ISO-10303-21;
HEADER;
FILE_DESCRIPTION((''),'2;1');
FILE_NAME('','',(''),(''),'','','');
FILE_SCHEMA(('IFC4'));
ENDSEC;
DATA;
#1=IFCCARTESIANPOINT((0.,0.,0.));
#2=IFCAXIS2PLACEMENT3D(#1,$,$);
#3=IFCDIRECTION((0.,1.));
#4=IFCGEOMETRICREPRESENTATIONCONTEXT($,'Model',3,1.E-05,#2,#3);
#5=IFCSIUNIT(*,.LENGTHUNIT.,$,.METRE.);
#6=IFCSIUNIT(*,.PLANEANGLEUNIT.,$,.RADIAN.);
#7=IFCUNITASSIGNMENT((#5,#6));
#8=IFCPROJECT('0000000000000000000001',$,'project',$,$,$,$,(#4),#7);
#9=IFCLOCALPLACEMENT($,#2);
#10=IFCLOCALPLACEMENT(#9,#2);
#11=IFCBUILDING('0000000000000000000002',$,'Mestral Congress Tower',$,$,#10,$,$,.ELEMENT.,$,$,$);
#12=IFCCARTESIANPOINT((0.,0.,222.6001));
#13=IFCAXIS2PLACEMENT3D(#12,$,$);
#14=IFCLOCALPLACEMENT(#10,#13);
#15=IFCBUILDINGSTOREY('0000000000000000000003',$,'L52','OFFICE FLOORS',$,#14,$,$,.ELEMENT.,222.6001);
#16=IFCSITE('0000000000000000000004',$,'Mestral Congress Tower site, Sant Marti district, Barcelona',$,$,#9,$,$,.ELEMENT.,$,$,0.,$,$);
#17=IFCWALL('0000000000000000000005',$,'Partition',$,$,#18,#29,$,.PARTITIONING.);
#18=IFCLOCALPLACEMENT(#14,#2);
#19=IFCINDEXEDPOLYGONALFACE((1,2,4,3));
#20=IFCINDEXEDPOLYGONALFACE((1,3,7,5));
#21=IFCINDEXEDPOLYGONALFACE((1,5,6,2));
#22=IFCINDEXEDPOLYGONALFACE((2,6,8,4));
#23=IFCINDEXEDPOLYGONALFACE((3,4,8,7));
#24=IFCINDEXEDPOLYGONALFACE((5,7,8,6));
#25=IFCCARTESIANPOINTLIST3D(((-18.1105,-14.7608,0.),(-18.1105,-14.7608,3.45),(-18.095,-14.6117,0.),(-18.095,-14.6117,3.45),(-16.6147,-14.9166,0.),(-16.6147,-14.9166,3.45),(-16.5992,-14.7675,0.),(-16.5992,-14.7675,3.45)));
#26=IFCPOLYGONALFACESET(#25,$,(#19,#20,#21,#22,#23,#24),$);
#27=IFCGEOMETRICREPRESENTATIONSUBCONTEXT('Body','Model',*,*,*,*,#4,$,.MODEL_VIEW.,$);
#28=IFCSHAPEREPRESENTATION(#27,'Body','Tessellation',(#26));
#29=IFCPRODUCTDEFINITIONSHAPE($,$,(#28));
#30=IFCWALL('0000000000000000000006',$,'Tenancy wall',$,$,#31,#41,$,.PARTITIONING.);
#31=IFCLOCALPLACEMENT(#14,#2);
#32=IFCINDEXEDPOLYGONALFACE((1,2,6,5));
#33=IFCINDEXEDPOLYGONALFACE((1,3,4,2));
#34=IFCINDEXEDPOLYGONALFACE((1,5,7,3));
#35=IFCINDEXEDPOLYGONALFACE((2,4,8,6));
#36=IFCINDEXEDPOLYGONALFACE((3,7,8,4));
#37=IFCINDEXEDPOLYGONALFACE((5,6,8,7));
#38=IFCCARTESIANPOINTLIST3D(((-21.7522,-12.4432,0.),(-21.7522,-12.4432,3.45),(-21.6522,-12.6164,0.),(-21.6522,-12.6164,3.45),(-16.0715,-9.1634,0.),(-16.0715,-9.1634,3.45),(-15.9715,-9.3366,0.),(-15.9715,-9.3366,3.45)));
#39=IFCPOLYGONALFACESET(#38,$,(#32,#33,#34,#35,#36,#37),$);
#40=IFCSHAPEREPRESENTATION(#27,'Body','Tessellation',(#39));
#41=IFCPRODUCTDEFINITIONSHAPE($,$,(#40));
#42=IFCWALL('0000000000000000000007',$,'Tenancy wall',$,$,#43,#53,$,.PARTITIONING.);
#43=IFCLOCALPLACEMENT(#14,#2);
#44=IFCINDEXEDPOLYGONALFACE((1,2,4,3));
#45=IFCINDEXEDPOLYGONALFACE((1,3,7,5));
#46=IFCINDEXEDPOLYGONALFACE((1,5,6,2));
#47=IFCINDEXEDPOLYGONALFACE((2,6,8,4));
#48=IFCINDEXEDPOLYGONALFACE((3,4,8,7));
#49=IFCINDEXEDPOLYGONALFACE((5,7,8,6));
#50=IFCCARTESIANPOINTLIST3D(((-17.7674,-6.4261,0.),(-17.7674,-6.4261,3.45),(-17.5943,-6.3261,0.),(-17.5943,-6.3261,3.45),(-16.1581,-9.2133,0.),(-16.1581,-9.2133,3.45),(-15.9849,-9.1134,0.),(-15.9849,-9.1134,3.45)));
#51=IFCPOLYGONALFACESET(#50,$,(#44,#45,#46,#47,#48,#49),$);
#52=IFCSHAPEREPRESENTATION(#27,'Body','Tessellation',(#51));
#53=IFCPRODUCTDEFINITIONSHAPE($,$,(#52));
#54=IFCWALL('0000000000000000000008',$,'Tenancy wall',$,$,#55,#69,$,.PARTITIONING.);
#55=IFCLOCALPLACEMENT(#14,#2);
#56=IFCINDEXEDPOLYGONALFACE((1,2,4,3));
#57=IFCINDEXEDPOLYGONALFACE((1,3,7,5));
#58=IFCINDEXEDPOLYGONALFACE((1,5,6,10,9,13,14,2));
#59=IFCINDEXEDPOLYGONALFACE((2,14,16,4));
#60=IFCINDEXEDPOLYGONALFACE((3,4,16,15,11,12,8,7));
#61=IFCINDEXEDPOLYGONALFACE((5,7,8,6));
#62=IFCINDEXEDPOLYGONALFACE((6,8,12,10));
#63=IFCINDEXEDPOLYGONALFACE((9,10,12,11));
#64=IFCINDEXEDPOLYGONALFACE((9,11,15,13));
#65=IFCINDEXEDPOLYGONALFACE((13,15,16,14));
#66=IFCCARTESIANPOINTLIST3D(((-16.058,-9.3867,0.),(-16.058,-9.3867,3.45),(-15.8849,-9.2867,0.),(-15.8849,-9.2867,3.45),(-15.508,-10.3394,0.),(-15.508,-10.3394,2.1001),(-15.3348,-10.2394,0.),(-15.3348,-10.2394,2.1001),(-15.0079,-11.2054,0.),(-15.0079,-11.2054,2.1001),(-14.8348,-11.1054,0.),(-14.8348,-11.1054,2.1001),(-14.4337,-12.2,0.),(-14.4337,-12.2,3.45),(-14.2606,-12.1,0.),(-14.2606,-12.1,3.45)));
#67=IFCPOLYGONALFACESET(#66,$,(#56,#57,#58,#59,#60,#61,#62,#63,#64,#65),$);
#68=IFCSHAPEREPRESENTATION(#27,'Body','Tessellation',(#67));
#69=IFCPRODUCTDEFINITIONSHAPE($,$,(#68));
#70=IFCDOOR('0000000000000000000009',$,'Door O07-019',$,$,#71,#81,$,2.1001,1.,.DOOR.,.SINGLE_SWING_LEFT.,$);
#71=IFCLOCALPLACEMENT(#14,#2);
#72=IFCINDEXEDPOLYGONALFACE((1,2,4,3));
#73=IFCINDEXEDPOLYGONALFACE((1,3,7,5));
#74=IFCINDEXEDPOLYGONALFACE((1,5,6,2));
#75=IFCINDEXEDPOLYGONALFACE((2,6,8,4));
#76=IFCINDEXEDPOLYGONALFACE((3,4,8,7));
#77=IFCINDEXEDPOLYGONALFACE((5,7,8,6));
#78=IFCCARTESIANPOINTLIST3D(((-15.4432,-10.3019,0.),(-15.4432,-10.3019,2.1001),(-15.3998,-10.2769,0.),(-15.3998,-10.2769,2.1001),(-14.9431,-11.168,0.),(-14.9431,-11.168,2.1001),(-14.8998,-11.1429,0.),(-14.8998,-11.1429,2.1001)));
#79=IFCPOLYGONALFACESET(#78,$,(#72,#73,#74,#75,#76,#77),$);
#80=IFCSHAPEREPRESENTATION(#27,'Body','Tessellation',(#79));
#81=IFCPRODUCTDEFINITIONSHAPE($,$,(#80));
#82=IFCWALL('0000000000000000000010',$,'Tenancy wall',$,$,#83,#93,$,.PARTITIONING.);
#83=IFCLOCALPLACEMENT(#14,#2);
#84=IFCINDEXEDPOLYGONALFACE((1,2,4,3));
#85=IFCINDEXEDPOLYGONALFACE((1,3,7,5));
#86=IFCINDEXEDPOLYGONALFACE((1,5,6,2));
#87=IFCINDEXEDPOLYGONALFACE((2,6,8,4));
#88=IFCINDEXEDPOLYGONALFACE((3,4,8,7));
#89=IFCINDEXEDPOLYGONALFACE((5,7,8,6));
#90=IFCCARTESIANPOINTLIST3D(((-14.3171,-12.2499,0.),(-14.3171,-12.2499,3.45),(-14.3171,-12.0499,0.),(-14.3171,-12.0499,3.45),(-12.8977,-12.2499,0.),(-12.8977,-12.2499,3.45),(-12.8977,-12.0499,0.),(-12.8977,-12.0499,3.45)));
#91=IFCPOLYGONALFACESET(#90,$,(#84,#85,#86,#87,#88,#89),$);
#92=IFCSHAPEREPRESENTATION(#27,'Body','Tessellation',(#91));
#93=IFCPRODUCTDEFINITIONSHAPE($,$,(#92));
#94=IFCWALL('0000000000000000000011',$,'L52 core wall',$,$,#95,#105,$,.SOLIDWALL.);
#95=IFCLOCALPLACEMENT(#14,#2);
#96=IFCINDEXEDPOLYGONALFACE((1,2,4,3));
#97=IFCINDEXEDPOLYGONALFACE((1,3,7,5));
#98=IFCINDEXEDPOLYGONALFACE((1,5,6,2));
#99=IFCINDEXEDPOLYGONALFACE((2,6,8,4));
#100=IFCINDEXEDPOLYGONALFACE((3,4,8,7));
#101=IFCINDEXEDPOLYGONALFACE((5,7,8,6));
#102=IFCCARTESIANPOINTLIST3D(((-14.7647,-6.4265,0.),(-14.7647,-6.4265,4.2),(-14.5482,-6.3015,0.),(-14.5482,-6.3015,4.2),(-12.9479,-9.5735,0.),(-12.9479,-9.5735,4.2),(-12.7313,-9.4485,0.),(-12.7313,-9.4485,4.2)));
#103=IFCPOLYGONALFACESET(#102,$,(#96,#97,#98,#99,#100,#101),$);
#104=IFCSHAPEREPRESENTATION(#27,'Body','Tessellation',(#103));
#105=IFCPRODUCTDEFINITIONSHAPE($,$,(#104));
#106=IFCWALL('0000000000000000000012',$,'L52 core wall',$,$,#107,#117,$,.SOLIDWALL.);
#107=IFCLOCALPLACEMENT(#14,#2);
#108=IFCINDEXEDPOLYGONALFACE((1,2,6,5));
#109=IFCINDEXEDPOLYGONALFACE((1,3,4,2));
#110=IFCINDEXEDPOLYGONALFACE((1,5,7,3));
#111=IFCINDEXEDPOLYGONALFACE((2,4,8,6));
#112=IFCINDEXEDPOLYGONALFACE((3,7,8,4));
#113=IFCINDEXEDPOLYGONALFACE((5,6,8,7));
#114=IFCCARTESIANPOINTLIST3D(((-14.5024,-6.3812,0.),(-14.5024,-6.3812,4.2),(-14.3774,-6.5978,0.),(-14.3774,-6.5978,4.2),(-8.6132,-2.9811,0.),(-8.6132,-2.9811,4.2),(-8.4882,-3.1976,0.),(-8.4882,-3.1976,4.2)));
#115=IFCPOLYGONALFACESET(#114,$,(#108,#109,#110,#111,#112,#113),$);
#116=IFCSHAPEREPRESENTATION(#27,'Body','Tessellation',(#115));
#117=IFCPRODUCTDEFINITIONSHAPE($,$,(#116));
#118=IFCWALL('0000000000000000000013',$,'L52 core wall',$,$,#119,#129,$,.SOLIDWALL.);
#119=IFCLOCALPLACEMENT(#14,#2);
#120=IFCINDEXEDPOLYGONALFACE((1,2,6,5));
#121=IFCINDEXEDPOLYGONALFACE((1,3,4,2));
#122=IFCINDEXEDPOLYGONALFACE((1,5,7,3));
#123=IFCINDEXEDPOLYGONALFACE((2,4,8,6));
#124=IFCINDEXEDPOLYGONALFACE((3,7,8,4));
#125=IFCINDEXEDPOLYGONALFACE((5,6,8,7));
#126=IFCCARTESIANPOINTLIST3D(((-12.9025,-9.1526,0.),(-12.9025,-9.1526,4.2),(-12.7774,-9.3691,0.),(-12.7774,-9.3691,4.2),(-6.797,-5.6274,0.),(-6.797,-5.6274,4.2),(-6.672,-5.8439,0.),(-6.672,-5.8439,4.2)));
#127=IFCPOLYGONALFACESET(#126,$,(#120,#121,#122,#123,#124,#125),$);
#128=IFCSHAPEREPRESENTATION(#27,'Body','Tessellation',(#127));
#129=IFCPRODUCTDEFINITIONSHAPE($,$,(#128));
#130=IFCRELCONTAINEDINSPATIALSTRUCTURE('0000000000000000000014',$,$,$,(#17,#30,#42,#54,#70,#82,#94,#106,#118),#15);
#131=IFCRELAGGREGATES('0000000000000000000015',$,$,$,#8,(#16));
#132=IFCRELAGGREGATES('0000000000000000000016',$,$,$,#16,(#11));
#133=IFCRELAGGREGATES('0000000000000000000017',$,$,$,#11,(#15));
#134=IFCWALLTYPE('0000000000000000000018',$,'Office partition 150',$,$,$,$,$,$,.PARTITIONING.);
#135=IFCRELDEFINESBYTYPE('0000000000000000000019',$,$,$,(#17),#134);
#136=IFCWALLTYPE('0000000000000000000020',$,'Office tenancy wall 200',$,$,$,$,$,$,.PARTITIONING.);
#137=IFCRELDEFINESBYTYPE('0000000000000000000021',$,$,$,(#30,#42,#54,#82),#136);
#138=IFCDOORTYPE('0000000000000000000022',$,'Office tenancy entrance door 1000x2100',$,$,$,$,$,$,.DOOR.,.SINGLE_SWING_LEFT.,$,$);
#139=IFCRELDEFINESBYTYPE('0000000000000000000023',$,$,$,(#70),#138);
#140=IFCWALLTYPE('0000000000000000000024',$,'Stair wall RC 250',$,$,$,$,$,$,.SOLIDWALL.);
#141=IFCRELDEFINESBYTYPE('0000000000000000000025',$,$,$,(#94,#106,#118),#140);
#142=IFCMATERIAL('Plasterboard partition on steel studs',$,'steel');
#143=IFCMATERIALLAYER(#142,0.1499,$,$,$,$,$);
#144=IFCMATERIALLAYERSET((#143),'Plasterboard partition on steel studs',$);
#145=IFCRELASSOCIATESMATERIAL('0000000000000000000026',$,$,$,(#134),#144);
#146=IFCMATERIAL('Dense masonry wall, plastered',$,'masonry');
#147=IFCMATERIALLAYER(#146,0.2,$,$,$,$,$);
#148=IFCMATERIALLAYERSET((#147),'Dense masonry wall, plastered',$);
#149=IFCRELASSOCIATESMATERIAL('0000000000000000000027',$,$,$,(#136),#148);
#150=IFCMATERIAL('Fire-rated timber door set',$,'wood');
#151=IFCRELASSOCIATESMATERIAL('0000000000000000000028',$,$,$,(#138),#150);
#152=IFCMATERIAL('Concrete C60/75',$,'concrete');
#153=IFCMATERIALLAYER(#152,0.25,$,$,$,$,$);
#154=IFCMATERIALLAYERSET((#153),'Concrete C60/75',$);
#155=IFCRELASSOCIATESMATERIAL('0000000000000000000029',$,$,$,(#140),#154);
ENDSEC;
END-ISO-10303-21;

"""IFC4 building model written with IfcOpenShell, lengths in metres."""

from ifc_helpers import new_model, si_unit, direction, frame, frame_2d, origin, place, context, subcontext, project, spatial, rectangle, extrude, material, layer, layer_set, type_object, element, fill, save


model = new_model("IFC4")

# Units and contexts
model_context = context("Model", 3, precision=1e-05, world=origin(), true_north=direction((0.0, 1.0)))
body_context = subcontext(model_context, "Body", "Model", "MODEL_VIEW")
ifc_project = project(units=[si_unit("LENGTHUNIT", "METRE"), si_unit("PLANEANGLEUNIT", "RADIAN")], contexts=[model_context])

# Site, building, storey
site_placement = place(None, origin())
site = spatial("IfcSite", under=ifc_project, at=site_placement, Name="Mestral Congress Tower site, Sant Marti district, Barcelona", CompositionType="ELEMENT", RefElevation=0.0)
building_placement = place(site_placement, origin())
building = spatial("IfcBuilding", under=site, at=building_placement, Name="Mestral Congress Tower", CompositionType="ELEMENT")
storey_placement = place(building_placement, frame((0.0, 0.0, 222.6001)))
storey = spatial("IfcBuildingStorey", under=building, at=storey_placement, Name="L52", Description="OFFICE FLOORS", CompositionType="ELEMENT", Elevation=222.6001)

# Shared definitions
ifc_material_1 = material(Name="Concrete C60/75", Category="concrete")

# Shared definitions
ifc_material_2 = material(Name="Plasterboard partition on steel studs", Category="steel")
ifc_layer_1 = layer(ifc_material_2, 0.1499)
ifc_layer_set_1 = layer_set([ifc_layer_1], Name="Plasterboard partition on steel studs")
wall_type_1 = type_object("IfcWallType", Name="Office partition 150", PredefinedType="PARTITIONING", material=ifc_layer_set_1)

# Walls
wall_1_placement = place(storey_placement, frame((-18.1028, -14.6863, 0.0), z_axis=(0.0, 0.0, 1.0), x_axis=(0.994622, -0.103569, 0.0)))
element("IfcWall", 1, at=wall_1_placement, inside=storey, type_object=wall_type_1, Name="Partition", PredefinedType="PARTITIONING", context=body_context, shape_type="SweptSolid", body=[
    extrude(rectangle(XDim=1.5039, YDim=0.1499, at=frame_2d((0.752, 0.0))), origin(), (0.0, 0.0, 1.0), 3.45),
])
ifc_material_3 = material(Name="Dense masonry wall, plastered", Category="masonry")
ifc_layer_2 = layer(ifc_material_3, 0.2)
ifc_layer_set_2 = layer_set([ifc_layer_2], Name="Dense masonry wall, plastered")
wall_type_2 = type_object("IfcWallType", Name="Office tenancy wall 200", PredefinedType="PARTITIONING", material=ifc_layer_set_2)
wall_2_placement = place(storey_placement, frame((-16.0215, -9.25, 0.0), z_axis=(0.0, 0.0, 1.0), x_axis=(-0.866022, -0.500006, 0.0)))
element("IfcWall", 2, at=wall_2_placement, inside=storey, type_object=wall_type_2, Name="Tenancy wall", PredefinedType="PARTITIONING", context=body_context, shape_type="SweptSolid", body=[
    extrude(rectangle(XDim=6.5596, YDim=0.2, at=frame_2d((3.2798, 0.0))), origin(), (0.0, 0.0, 1.0), 3.45),
])
wall_3_placement = place(storey_placement, frame((-17.6809, -6.376, 0.0), z_axis=(0.0, 0.0, 1.0), x_axis=(0.500022, -0.866013, 0.0)))
element("IfcWall", 3, at=wall_3_placement, inside=storey, type_object=wall_type_2, Name="Tenancy wall", PredefinedType="PARTITIONING", context=body_context, shape_type="SweptSolid", body=[
    extrude(rectangle(XDim=3.2185, YDim=0.2, at=frame_2d((1.6094, 0.0))), origin(), (0.0, 0.0, 1.0), 3.45),
])

# Wall, opening, door
wall_4_placement = place(storey_placement, frame((-15.9714, -9.3367, 0.0), z_axis=(0.0, 0.0, 1.0), x_axis=(0.500011, -0.866019, 0.0)))
wall_4 = element("IfcWall", 4, at=wall_4_placement, inside=storey, type_object=wall_type_2, Name="Tenancy wall", PredefinedType="PARTITIONING", context=body_context, shape_type="SweptSolid", body=[
    extrude(rectangle(XDim=3.2485, YDim=0.2, at=frame_2d((1.6243, 0.0))), origin(), (0.0, 0.0, 1.0), 3.45),
])
opening_1_placement = place(wall_4_placement, frame((1.1001, 0.0, 0.0)))
opening_1 = element("IfcOpeningElement", 5, at=opening_1_placement, cuts=wall_4, PredefinedType="OPENING", context=body_context, shape_type="SweptSolid", body=[
    extrude(rectangle(XDim=1.0, YDim=2.1001, at=frame_2d((0.5, 1.05))), frame((0.0, 0.1099, 0.0), z_axis=(0.0, -1.0, 0.0), x_axis=(1.0, 0.0, 0.0)), (0.0, 0.0, 1.0), 0.22),
])
ifc_material_4 = material(Name="Fire-rated timber door set", Category="wood")
door_type_1 = type_object("IfcDoorType", Name="Office tenancy entrance door 1000x2100", OperationType="SINGLE_SWING_LEFT", PredefinedType="DOOR", material=ifc_material_4)
door_1_placement = place(opening_1_placement, origin())
door_1 = element("IfcDoor", 6, at=door_1_placement, inside=storey, type_object=door_type_1, Name="Door O07-019", OperationType="SINGLE_SWING_LEFT", OverallHeight=2.1001, OverallWidth=1.0, PredefinedType="DOOR", context=body_context, shape_type="SweptSolid", body=[
    extrude(rectangle(XDim=1.0, YDim=2.1001, at=frame_2d((0.5, 1.05))), frame((0.0, 0.0249, 0.0), z_axis=(0.0, -1.0, 0.0), x_axis=(1.0, 0.0, 0.0)), (0.0, 0.0, 1.0), 0.05),
])
fill(opening_1, door_1)

# Walls
wall_5_placement = place(storey_placement, frame((-14.3171, -12.1499, 0.0), z_axis=(0.0, 0.0, 1.0), x_axis=(1.0, 0.0, 0.0)))
element("IfcWall", 7, at=wall_5_placement, inside=storey, type_object=wall_type_2, Name="Tenancy wall", PredefinedType="PARTITIONING", context=body_context, shape_type="SweptSolid", body=[
    extrude(rectangle(XDim=1.4194, YDim=0.2, at=frame_2d((0.7097, 0.0))), origin(), (0.0, 0.0, 1.0), 3.45),
])
ifc_layer_3 = layer(ifc_material_1, 0.25)
ifc_layer_set_3 = layer_set([ifc_layer_3], Name="Concrete C60/75")
wall_type_3 = type_object("IfcWallType", Name="Stair wall RC 250", PredefinedType="SOLIDWALL", material=ifc_layer_set_3)
wall_6_placement = place(storey_placement, frame((-12.8396, -9.511, 0.0), z_axis=(0.0, 0.0, 1.0), x_axis=(-0.499998, 0.866027, 0.0)))
element("IfcWall", 8, at=wall_6_placement, inside=storey, type_object=wall_type_3, Name="L52 core wall", PredefinedType="SOLIDWALL", context=body_context, shape_type="SweptSolid", body=[
    extrude(rectangle(XDim=3.6338, YDim=0.25, at=frame_2d((1.8169, 0.0))), origin(), (0.0, 0.0, 1.0), 4.2),
])
wall_7_placement = place(storey_placement, frame((-14.4399, -6.4895, 0.0), z_axis=(0.0, 0.0, 1.0), x_axis=(0.866023, 0.500004, 0.0)))
element("IfcWall", 9, at=wall_7_placement, inside=storey, type_object=wall_type_3, Name="L52 core wall", PredefinedType="SOLIDWALL", context=body_context, shape_type="SweptSolid", body=[
    extrude(rectangle(XDim=6.8003, YDim=0.25, at=frame_2d((3.4001, 0.0))), origin(), (0.0, 0.0, 1.0), 4.2),
])
wall_8_placement = place(storey_placement, frame((-12.8398, -9.2607, 0.0), z_axis=(0.0, 0.0, 1.0), x_axis=(0.866016, 0.500016, 0.0)))
element("IfcWall", 10, at=wall_8_placement, inside=storey, type_object=wall_type_3, Name="L52 core wall", PredefinedType="SOLIDWALL", context=body_context, shape_type="SweptSolid", body=[
    extrude(rectangle(XDim=7.05, YDim=0.25, at=frame_2d((3.5249, 0.0))), origin(), (0.0, 0.0, 1.0), 4.2),
])

save(model, "model.ifc")
